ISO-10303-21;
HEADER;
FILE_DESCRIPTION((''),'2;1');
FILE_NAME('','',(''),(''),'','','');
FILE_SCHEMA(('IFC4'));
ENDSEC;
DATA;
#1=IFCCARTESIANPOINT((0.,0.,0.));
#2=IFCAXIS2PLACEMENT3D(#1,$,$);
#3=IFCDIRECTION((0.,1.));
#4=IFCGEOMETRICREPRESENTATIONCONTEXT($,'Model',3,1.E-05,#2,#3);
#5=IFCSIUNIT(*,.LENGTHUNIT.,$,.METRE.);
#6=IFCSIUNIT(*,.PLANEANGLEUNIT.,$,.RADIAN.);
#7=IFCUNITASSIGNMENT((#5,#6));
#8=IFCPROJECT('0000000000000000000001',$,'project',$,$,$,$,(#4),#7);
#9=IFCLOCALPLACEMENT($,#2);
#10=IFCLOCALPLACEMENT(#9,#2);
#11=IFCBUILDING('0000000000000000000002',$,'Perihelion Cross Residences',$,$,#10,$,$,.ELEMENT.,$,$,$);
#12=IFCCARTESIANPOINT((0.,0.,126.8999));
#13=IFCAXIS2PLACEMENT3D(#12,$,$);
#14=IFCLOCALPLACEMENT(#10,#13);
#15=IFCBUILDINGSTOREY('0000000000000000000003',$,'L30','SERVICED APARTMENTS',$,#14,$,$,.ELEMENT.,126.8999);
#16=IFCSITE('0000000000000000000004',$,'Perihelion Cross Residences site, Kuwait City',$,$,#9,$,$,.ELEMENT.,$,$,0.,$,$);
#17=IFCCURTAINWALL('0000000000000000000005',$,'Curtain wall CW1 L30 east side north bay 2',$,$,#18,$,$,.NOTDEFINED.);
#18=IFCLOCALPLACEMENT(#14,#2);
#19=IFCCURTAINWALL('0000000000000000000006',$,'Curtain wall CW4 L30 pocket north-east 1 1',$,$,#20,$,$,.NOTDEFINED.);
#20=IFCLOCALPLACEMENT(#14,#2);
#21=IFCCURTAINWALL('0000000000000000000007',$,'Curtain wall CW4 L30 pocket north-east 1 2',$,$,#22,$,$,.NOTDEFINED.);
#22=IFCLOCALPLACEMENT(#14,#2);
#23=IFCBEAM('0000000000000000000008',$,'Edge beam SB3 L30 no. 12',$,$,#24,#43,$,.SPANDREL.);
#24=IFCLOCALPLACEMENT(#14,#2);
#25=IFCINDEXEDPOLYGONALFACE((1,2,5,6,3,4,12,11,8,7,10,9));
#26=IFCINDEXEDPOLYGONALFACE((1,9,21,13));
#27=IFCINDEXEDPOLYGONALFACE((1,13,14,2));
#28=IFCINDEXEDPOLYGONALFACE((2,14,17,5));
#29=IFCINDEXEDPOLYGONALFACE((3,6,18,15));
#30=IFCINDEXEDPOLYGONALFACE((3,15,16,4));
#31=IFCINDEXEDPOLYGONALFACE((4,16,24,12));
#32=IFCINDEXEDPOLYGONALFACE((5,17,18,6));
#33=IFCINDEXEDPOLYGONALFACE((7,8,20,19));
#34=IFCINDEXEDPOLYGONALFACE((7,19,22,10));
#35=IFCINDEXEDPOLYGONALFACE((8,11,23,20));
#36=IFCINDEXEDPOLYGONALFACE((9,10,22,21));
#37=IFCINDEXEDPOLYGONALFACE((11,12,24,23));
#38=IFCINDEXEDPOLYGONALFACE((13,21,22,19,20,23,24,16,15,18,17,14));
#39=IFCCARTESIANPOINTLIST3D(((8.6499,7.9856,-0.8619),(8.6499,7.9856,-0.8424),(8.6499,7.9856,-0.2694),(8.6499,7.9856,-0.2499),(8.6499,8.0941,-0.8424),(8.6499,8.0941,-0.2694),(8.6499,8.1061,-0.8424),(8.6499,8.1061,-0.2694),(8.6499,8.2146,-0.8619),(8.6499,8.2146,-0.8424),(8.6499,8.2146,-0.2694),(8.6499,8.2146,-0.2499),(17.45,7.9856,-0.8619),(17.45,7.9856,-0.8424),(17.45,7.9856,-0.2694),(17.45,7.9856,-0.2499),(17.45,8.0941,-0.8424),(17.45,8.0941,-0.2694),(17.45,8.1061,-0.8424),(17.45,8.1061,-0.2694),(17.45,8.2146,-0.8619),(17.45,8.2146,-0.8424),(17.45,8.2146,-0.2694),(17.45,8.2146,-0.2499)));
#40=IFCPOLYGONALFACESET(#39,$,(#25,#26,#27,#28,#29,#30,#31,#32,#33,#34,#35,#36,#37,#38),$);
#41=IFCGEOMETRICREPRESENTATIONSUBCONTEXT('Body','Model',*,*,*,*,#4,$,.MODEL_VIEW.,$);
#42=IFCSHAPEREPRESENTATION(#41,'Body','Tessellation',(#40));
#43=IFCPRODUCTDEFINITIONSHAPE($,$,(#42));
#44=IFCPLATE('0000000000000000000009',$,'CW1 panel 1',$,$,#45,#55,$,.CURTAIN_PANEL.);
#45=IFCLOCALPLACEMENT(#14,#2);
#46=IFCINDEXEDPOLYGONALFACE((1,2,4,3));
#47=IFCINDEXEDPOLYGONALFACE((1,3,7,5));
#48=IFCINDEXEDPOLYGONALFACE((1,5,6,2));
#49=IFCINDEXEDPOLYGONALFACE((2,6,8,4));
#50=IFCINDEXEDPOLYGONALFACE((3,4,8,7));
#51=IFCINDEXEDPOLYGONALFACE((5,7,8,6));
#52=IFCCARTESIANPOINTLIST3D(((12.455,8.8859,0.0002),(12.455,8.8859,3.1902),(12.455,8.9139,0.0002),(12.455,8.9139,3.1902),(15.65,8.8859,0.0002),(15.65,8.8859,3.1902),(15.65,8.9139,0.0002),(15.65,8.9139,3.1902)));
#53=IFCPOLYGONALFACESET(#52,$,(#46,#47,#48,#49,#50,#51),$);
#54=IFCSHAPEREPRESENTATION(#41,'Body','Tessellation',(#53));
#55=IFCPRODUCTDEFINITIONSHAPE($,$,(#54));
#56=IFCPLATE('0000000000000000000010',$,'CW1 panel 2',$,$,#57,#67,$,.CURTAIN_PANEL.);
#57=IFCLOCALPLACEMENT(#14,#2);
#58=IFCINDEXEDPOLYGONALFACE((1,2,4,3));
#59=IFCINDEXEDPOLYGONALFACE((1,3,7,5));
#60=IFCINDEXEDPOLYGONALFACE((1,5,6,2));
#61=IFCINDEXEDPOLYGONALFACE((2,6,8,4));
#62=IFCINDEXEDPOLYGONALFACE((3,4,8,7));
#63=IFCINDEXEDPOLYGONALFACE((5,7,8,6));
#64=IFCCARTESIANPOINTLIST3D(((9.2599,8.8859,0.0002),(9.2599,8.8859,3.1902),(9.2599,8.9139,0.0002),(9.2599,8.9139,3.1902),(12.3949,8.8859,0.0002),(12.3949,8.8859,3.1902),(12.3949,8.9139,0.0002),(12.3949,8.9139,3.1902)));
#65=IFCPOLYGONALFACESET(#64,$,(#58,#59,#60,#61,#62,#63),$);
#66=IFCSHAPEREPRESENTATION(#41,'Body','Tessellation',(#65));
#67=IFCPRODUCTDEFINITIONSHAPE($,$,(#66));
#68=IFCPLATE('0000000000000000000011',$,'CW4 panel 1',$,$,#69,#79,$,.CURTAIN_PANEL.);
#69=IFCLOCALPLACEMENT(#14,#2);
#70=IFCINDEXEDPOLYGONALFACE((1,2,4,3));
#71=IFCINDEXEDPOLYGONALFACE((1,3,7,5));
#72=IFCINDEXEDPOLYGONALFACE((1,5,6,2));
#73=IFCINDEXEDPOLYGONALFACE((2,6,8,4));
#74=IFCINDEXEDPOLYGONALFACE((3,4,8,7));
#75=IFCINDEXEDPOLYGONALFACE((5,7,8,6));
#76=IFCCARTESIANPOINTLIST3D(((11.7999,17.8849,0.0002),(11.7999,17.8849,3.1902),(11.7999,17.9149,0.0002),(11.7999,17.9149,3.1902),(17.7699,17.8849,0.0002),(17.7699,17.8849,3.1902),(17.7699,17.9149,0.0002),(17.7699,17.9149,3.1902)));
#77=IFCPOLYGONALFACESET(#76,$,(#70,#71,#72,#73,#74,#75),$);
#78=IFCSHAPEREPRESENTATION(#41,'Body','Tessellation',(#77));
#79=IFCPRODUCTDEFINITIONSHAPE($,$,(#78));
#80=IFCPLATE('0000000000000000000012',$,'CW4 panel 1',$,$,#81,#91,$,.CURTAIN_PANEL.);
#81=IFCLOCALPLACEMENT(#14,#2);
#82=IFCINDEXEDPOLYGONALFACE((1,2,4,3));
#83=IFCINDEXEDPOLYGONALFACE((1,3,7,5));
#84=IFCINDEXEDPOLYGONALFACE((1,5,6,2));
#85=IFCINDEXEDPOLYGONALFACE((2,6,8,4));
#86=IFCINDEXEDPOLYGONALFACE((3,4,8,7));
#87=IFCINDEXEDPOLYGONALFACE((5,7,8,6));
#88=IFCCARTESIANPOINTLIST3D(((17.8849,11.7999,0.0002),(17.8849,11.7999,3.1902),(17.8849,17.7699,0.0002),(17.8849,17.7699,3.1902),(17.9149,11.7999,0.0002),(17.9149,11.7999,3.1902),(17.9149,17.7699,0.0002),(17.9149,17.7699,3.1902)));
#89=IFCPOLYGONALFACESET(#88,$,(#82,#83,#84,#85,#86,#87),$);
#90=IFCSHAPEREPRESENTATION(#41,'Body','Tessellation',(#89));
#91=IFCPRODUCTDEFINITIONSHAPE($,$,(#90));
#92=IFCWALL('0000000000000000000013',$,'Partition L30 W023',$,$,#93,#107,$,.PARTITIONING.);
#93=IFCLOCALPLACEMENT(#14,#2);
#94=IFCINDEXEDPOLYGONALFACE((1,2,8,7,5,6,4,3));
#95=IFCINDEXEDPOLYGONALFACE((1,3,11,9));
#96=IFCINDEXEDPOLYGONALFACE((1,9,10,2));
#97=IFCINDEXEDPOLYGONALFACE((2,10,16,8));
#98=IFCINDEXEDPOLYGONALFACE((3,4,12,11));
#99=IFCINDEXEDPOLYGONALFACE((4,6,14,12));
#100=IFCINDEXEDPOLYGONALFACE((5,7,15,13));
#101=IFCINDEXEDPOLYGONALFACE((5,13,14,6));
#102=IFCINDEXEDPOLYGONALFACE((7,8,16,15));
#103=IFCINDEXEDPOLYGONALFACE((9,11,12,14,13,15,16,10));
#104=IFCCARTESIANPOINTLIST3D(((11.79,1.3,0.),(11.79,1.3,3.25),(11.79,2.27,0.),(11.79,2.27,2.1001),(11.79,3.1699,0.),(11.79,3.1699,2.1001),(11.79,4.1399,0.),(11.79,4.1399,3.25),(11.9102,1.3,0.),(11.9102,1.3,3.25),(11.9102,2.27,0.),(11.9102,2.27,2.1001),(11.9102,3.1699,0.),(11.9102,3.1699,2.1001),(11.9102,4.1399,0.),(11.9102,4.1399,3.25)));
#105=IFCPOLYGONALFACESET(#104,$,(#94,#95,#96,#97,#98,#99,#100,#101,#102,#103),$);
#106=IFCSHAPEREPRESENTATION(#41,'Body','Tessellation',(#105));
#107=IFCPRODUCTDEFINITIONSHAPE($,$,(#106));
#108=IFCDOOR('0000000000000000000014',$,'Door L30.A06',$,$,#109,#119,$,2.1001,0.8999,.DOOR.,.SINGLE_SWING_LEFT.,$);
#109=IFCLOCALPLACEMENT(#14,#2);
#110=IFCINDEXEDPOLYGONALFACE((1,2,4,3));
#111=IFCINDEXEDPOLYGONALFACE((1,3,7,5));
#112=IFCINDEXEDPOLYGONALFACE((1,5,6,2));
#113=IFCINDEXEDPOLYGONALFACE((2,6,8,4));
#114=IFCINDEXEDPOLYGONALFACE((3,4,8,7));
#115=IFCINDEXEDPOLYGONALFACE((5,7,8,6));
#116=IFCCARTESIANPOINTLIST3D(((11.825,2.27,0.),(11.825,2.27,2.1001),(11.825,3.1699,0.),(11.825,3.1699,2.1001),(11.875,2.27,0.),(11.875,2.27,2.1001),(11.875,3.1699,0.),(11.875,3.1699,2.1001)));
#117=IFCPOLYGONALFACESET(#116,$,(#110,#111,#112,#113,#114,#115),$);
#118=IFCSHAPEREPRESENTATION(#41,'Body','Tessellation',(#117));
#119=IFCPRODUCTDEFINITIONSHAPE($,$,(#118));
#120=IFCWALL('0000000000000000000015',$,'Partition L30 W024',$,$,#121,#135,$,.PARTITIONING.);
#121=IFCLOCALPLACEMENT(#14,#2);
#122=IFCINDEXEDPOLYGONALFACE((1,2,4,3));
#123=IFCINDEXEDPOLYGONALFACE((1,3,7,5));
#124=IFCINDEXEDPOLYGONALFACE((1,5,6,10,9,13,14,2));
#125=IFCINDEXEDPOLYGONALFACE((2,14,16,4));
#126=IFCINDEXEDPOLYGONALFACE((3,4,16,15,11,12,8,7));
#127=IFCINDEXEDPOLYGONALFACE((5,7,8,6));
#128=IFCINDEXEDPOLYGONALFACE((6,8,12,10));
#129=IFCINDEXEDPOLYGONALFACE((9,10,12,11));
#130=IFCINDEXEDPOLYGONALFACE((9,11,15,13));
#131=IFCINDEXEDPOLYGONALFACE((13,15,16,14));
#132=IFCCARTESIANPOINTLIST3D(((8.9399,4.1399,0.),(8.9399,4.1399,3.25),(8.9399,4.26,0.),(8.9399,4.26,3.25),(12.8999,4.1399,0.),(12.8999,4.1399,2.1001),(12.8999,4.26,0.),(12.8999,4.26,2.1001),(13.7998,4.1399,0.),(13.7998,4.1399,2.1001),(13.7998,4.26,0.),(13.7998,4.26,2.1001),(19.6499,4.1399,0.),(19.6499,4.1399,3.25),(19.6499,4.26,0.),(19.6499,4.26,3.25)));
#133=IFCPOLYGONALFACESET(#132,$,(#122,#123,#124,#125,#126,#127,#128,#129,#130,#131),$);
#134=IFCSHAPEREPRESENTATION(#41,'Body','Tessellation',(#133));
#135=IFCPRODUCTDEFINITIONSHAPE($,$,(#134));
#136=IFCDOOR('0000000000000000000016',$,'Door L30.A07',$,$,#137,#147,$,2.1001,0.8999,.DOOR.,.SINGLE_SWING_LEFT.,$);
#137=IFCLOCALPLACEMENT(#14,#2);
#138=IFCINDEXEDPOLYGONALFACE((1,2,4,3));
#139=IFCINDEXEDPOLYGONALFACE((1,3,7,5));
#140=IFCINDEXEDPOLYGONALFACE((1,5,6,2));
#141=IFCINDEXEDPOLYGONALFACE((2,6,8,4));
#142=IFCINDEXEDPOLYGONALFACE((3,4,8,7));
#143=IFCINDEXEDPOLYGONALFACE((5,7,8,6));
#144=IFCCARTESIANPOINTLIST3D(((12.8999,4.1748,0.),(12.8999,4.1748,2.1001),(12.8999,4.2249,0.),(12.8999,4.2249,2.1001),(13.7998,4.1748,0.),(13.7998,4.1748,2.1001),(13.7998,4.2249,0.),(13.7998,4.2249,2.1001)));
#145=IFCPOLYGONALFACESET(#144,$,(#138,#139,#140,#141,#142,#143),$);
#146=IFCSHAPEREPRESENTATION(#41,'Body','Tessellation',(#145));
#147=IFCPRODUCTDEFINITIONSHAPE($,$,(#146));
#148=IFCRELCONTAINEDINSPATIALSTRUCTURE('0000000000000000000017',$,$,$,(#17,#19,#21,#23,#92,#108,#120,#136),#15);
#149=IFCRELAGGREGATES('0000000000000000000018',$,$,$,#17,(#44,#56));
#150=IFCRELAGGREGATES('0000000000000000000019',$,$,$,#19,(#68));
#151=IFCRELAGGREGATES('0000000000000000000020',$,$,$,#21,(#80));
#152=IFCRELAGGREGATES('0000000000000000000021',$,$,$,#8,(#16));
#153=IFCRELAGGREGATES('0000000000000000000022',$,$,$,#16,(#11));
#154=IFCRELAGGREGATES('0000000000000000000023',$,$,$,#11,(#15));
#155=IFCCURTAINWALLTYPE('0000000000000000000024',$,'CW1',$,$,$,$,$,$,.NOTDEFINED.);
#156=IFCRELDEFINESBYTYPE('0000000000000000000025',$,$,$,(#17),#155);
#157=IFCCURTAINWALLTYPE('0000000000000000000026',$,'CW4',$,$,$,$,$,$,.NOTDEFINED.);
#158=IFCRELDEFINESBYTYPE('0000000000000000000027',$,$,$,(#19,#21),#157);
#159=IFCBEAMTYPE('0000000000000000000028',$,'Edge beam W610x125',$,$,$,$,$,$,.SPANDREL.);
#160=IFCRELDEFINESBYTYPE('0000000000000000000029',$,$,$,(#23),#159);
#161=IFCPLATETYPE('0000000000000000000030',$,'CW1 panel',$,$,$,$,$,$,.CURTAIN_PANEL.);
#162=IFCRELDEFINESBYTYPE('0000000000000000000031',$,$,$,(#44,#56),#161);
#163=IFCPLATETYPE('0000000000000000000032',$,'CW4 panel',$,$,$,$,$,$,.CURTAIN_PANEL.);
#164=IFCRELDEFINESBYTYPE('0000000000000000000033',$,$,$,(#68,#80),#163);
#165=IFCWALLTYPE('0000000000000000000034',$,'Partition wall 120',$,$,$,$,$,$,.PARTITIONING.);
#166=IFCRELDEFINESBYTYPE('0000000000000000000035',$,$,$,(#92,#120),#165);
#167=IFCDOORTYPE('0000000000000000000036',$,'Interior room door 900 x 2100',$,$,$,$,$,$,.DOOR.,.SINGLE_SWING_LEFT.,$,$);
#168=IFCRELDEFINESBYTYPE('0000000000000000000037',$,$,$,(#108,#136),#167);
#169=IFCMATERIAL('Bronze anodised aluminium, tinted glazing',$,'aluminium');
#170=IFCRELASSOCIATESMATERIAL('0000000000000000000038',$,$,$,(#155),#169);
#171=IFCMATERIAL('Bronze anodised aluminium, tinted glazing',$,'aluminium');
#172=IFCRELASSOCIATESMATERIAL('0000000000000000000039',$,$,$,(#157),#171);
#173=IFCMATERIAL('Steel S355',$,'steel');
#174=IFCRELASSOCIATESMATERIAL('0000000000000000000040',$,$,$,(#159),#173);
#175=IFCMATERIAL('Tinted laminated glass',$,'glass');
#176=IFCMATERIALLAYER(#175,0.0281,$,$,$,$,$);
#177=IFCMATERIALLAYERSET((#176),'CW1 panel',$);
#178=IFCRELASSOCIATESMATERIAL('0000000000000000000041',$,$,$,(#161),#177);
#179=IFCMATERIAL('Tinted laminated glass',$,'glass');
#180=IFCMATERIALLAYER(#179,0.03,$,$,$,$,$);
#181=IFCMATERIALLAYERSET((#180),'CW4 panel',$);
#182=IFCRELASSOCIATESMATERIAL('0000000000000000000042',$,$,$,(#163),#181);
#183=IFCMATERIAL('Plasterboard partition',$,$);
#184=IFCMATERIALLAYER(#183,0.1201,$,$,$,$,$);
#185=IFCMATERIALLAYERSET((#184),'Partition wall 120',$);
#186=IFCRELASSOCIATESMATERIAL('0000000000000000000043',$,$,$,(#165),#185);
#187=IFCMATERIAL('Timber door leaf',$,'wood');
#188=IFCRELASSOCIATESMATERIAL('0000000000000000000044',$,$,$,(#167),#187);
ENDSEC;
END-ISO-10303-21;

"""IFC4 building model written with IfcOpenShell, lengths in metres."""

from ifc_helpers import new_model, si_unit, direction, frame, frame_2d, origin, origin_2d, place, context, subcontext, project, spatial, rectangle, i_section, extrude, material, layer, layer_set, material_profile, profile_set, type_object, element, fill, aggregate, save


model = new_model("IFC4")

# Units and contexts
model_context = context("Model", 3, precision=1e-05, world=origin(), true_north=direction((0.0, 1.0)))
body_context = subcontext(model_context, "Body", "Model", "MODEL_VIEW")
ifc_project = project(units=[si_unit("LENGTHUNIT", "METRE"), si_unit("PLANEANGLEUNIT", "RADIAN")], contexts=[model_context])

# Site, building, storey
site_placement = place(None, origin())
site = spatial("IfcSite", under=ifc_project, at=site_placement, Name="Perihelion Cross Residences site, Kuwait City", CompositionType="ELEMENT", RefElevation=0.0)
building_placement = place(site_placement, origin())
building = spatial("IfcBuilding", under=site, at=building_placement, Name="Perihelion Cross Residences", CompositionType="ELEMENT")
storey_placement = place(building_placement, frame((0.0, 0.0, 126.8999)))
storey = spatial("IfcBuildingStorey", under=building, at=storey_placement, Name="L30", Description="SERVICED APARTMENTS", CompositionType="ELEMENT", Elevation=126.8999)

# Curtain walls
ifc_material_1 = material(Name="Bronze anodised aluminium, tinted glazing", Category="aluminium")
curtain_wall_type_1 = type_object("IfcCurtainWallType", Name="CW1", PredefinedType="NOTDEFINED", material=ifc_material_1)
curtain_wall_1_placement = place(storey_placement, origin())
curtain_wall_1 = element("IfcCurtainWall", 1, at=curtain_wall_1_placement, inside=storey, type_object=curtain_wall_type_1, Name="Curtain wall CW1 L30 east side north bay 2", PredefinedType="NOTDEFINED")
ifc_material_2 = material(Name="Bronze anodised aluminium, tinted glazing", Category="aluminium")
curtain_wall_type_2 = type_object("IfcCurtainWallType", Name="CW4", PredefinedType="NOTDEFINED", material=ifc_material_2)
curtain_wall_2_placement = place(storey_placement, origin())
curtain_wall_2 = element("IfcCurtainWall", 2, at=curtain_wall_2_placement, inside=storey, type_object=curtain_wall_type_2, Name="Curtain wall CW4 L30 pocket north-east 1 1", PredefinedType="NOTDEFINED")
curtain_wall_3_placement = place(storey_placement, origin())
curtain_wall_3 = element("IfcCurtainWall", 3, at=curtain_wall_3_placement, inside=storey, type_object=curtain_wall_type_2, Name="Curtain wall CW4 L30 pocket north-east 1 2", PredefinedType="NOTDEFINED")

# Beam
ifc_material_3 = material(Name="Steel S355", Category="steel")
ifc_material_profile_1 = material_profile(ifc_material_3, i_section(OverallWidth=0.229, OverallDepth=0.6121, WebThickness=0.012, FlangeThickness=0.0195, at=origin_2d()), Name="W610x125")
ifc_profile_set_1 = profile_set([ifc_material_profile_1], Name="Steel S355")
beam_type_1 = type_object("IfcBeamType", Name="Edge beam W610x125", PredefinedType="SPANDREL", material=ifc_profile_set_1)
beam_1_placement = place(storey_placement, frame((17.45, 8.1001, -0.5559), z_axis=(-1.0, 0.0, 0.0), x_axis=(0.0, -1.0, 0.0)))
element("IfcBeam", 4, at=beam_1_placement, inside=storey, type_object=beam_type_1, Name="Edge beam SB3 L30 no. 12", PredefinedType="SPANDREL", context=body_context, shape_type="SweptSolid", body=[
    extrude(i_section(OverallWidth=0.229, OverallDepth=0.6121, WebThickness=0.012, FlangeThickness=0.0195, at=origin_2d()), origin(), (0.0, 0.0, 1.0), 8.8),
])

# Plates
ifc_material_4 = material(Name="Tinted laminated glass", Category="glass")
ifc_layer_1 = layer(ifc_material_4, 0.0281)
ifc_layer_set_1 = layer_set([ifc_layer_1], Name="CW1 panel")
plate_type_1 = type_object("IfcPlateType", Name="CW1 panel", PredefinedType="CURTAIN_PANEL", material=ifc_layer_set_1)
plate_1_placement = place(storey_placement, frame((14.0525, 8.8999, 0.0002), z_axis=(0.0, 0.0, 1.0), x_axis=(-1.0, 0.0, 0.0)))
plate_1 = element("IfcPlate", 5, at=plate_1_placement, type_object=plate_type_1, Name="CW1 panel 1", PredefinedType="CURTAIN_PANEL", context=body_context, shape_type="SweptSolid", body=[
    extrude(rectangle(XDim=3.1951, YDim=0.0281, at=origin_2d()), origin(), (0.0, 0.0, 1.0), 3.1899),
])
plate_2_placement = place(storey_placement, frame((10.8274, 8.8999, 0.0002), z_axis=(0.0, 0.0, 1.0), x_axis=(-1.0, 0.0, 0.0)))
plate_2 = element("IfcPlate", 6, at=plate_2_placement, type_object=plate_type_1, Name="CW1 panel 2", PredefinedType="CURTAIN_PANEL", context=body_context, shape_type="SweptSolid", body=[
    extrude(rectangle(XDim=3.135, YDim=0.0281, at=origin_2d()), origin(), (0.0, 0.0, 1.0), 3.1899),
])
aggregate(curtain_wall_1, [plate_1, plate_2])
ifc_material_5 = material(Name="Tinted laminated glass", Category="glass")
ifc_layer_2 = layer(ifc_material_5, 0.03)
ifc_layer_set_2 = layer_set([ifc_layer_2], Name="CW4 panel")
plate_type_2 = type_object("IfcPlateType", Name="CW4 panel", PredefinedType="CURTAIN_PANEL", material=ifc_layer_set_2)
plate_3_placement = place(storey_placement, frame((14.7849, 17.8999, 0.0002), z_axis=(0.0, 0.0, 1.0), x_axis=(1.0, 0.0, 0.0)))
plate_3 = element("IfcPlate", 7, at=plate_3_placement, type_object=plate_type_2, Name="CW4 panel 1", PredefinedType="CURTAIN_PANEL", context=body_context, shape_type="SweptSolid", body=[
    extrude(rectangle(XDim=5.97, YDim=0.03, at=origin_2d()), origin(), (0.0, 0.0, 1.0), 3.1899),
])
aggregate(curtain_wall_2, [plate_3])
plate_4_placement = place(storey_placement, frame((17.8999, 14.7849, 0.0002), z_axis=(0.0, 0.0, 1.0), x_axis=(0.0, -1.0, 0.0)))
plate_4 = element("IfcPlate", 8, at=plate_4_placement, type_object=plate_type_2, Name="CW4 panel 1", PredefinedType="CURTAIN_PANEL", context=body_context, shape_type="SweptSolid", body=[
    extrude(rectangle(XDim=5.97, YDim=0.03, at=origin_2d()), origin(), (0.0, 0.0, 1.0), 3.1899),
])
aggregate(curtain_wall_3, [plate_4])

# Walls, openings, doors
ifc_material_6 = material(Name="Plasterboard partition")
ifc_layer_3 = layer(ifc_material_6, 0.1201)
ifc_layer_set_3 = layer_set([ifc_layer_3], Name="Partition wall 120")
wall_type_1 = type_object("IfcWallType", Name="Partition wall 120", PredefinedType="PARTITIONING", material=ifc_layer_set_3)
wall_1_placement = place(storey_placement, frame((11.8501, 4.1399, 0.0), z_axis=(0.0, 0.0, 1.0), x_axis=(0.0, -1.0, 0.0)))
wall_1 = element("IfcWall", 9, at=wall_1_placement, inside=storey, type_object=wall_type_1, Name="Partition L30 W023", PredefinedType="PARTITIONING", context=body_context, shape_type="SweptSolid", body=[
    extrude(rectangle(XDim=2.8398, YDim=0.1201, at=frame_2d((1.4199, 0.0))), origin(), (0.0, 0.0, 1.0), 3.25),
])
opening_1_placement = place(wall_1_placement, frame((0.97, 0.0, 0.0)))
opening_1 = element("IfcOpeningElement", 10, at=opening_1_placement, cuts=wall_1, PredefinedType="OPENING", context=body_context, shape_type="SweptSolid", body=[
    extrude(rectangle(XDim=0.8999, YDim=2.1001, at=frame_2d((0.45, 1.05))), frame((0.0, 0.0701, 0.0), z_axis=(0.0, -1.0, 0.0), x_axis=(1.0, 0.0, 0.0)), (0.0, 0.0, 1.0), 0.1401),
])
ifc_material_7 = material(Name="Timber door leaf", Category="wood")
door_type_1 = type_object("IfcDoorType", Name="Interior room door 900 x 2100", OperationType="SINGLE_SWING_LEFT", PredefinedType="DOOR", material=ifc_material_7)
door_1_placement = place(opening_1_placement, origin())
door_1 = element("IfcDoor", 11, at=door_1_placement, inside=storey, type_object=door_type_1, Name="Door L30.A06", OperationType="SINGLE_SWING_LEFT", OverallHeight=2.1001, OverallWidth=0.8999, PredefinedType="DOOR", context=body_context, shape_type="SweptSolid", body=[
    extrude(rectangle(XDim=0.8999, YDim=2.1001, at=frame_2d((0.45, 1.05))), frame((0.0, 0.0249, 0.0), z_axis=(0.0, -1.0, 0.0), x_axis=(1.0, 0.0, 0.0)), (0.0, 0.0, 1.0), 0.05),
])
fill(opening_1, door_1)
wall_2_placement = place(storey_placement, frame((8.9399, 4.2, 0.0), z_axis=(0.0, 0.0, 1.0), x_axis=(1.0, 0.0, 0.0)))
wall_2 = element("IfcWall", 12, at=wall_2_placement, inside=storey, type_object=wall_type_1, Name="Partition L30 W024", PredefinedType="PARTITIONING", context=body_context, shape_type="SweptSolid", body=[
    extrude(rectangle(XDim=10.71, YDim=0.1201, at=frame_2d((5.355, 0.0))), origin(), (0.0, 0.0, 1.0), 3.25),
])
opening_2_placement = place(wall_2_placement, frame((3.96, 0.0, 0.0)))
opening_2 = element("IfcOpeningElement", 13, at=opening_2_placement, cuts=wall_2, PredefinedType="OPENING", context=body_context, shape_type="SweptSolid", body=[
    extrude(rectangle(XDim=0.8999, YDim=2.1001, at=frame_2d((0.45, 1.05))), frame((0.0, 0.0701, 0.0), z_axis=(0.0, -1.0, 0.0), x_axis=(1.0, 0.0, 0.0)), (0.0, 0.0, 1.0), 0.1401),
])
door_2_placement = place(opening_2_placement, origin())
door_2 = element("IfcDoor", 14, at=door_2_placement, inside=storey, type_object=door_type_1, Name="Door L30.A07", OperationType="SINGLE_SWING_LEFT", OverallHeight=2.1001, OverallWidth=0.8999, PredefinedType="DOOR", context=body_context, shape_type="SweptSolid", body=[
    extrude(rectangle(XDim=0.8999, YDim=2.1001, at=frame_2d((0.45, 1.05))), frame((0.0, 0.0249, 0.0), z_axis=(0.0, -1.0, 0.0), x_axis=(1.0, 0.0, 0.0)), (0.0, 0.0, 1.0), 0.05),
])
fill(opening_2, door_2)

save(model, "model.ifc")
